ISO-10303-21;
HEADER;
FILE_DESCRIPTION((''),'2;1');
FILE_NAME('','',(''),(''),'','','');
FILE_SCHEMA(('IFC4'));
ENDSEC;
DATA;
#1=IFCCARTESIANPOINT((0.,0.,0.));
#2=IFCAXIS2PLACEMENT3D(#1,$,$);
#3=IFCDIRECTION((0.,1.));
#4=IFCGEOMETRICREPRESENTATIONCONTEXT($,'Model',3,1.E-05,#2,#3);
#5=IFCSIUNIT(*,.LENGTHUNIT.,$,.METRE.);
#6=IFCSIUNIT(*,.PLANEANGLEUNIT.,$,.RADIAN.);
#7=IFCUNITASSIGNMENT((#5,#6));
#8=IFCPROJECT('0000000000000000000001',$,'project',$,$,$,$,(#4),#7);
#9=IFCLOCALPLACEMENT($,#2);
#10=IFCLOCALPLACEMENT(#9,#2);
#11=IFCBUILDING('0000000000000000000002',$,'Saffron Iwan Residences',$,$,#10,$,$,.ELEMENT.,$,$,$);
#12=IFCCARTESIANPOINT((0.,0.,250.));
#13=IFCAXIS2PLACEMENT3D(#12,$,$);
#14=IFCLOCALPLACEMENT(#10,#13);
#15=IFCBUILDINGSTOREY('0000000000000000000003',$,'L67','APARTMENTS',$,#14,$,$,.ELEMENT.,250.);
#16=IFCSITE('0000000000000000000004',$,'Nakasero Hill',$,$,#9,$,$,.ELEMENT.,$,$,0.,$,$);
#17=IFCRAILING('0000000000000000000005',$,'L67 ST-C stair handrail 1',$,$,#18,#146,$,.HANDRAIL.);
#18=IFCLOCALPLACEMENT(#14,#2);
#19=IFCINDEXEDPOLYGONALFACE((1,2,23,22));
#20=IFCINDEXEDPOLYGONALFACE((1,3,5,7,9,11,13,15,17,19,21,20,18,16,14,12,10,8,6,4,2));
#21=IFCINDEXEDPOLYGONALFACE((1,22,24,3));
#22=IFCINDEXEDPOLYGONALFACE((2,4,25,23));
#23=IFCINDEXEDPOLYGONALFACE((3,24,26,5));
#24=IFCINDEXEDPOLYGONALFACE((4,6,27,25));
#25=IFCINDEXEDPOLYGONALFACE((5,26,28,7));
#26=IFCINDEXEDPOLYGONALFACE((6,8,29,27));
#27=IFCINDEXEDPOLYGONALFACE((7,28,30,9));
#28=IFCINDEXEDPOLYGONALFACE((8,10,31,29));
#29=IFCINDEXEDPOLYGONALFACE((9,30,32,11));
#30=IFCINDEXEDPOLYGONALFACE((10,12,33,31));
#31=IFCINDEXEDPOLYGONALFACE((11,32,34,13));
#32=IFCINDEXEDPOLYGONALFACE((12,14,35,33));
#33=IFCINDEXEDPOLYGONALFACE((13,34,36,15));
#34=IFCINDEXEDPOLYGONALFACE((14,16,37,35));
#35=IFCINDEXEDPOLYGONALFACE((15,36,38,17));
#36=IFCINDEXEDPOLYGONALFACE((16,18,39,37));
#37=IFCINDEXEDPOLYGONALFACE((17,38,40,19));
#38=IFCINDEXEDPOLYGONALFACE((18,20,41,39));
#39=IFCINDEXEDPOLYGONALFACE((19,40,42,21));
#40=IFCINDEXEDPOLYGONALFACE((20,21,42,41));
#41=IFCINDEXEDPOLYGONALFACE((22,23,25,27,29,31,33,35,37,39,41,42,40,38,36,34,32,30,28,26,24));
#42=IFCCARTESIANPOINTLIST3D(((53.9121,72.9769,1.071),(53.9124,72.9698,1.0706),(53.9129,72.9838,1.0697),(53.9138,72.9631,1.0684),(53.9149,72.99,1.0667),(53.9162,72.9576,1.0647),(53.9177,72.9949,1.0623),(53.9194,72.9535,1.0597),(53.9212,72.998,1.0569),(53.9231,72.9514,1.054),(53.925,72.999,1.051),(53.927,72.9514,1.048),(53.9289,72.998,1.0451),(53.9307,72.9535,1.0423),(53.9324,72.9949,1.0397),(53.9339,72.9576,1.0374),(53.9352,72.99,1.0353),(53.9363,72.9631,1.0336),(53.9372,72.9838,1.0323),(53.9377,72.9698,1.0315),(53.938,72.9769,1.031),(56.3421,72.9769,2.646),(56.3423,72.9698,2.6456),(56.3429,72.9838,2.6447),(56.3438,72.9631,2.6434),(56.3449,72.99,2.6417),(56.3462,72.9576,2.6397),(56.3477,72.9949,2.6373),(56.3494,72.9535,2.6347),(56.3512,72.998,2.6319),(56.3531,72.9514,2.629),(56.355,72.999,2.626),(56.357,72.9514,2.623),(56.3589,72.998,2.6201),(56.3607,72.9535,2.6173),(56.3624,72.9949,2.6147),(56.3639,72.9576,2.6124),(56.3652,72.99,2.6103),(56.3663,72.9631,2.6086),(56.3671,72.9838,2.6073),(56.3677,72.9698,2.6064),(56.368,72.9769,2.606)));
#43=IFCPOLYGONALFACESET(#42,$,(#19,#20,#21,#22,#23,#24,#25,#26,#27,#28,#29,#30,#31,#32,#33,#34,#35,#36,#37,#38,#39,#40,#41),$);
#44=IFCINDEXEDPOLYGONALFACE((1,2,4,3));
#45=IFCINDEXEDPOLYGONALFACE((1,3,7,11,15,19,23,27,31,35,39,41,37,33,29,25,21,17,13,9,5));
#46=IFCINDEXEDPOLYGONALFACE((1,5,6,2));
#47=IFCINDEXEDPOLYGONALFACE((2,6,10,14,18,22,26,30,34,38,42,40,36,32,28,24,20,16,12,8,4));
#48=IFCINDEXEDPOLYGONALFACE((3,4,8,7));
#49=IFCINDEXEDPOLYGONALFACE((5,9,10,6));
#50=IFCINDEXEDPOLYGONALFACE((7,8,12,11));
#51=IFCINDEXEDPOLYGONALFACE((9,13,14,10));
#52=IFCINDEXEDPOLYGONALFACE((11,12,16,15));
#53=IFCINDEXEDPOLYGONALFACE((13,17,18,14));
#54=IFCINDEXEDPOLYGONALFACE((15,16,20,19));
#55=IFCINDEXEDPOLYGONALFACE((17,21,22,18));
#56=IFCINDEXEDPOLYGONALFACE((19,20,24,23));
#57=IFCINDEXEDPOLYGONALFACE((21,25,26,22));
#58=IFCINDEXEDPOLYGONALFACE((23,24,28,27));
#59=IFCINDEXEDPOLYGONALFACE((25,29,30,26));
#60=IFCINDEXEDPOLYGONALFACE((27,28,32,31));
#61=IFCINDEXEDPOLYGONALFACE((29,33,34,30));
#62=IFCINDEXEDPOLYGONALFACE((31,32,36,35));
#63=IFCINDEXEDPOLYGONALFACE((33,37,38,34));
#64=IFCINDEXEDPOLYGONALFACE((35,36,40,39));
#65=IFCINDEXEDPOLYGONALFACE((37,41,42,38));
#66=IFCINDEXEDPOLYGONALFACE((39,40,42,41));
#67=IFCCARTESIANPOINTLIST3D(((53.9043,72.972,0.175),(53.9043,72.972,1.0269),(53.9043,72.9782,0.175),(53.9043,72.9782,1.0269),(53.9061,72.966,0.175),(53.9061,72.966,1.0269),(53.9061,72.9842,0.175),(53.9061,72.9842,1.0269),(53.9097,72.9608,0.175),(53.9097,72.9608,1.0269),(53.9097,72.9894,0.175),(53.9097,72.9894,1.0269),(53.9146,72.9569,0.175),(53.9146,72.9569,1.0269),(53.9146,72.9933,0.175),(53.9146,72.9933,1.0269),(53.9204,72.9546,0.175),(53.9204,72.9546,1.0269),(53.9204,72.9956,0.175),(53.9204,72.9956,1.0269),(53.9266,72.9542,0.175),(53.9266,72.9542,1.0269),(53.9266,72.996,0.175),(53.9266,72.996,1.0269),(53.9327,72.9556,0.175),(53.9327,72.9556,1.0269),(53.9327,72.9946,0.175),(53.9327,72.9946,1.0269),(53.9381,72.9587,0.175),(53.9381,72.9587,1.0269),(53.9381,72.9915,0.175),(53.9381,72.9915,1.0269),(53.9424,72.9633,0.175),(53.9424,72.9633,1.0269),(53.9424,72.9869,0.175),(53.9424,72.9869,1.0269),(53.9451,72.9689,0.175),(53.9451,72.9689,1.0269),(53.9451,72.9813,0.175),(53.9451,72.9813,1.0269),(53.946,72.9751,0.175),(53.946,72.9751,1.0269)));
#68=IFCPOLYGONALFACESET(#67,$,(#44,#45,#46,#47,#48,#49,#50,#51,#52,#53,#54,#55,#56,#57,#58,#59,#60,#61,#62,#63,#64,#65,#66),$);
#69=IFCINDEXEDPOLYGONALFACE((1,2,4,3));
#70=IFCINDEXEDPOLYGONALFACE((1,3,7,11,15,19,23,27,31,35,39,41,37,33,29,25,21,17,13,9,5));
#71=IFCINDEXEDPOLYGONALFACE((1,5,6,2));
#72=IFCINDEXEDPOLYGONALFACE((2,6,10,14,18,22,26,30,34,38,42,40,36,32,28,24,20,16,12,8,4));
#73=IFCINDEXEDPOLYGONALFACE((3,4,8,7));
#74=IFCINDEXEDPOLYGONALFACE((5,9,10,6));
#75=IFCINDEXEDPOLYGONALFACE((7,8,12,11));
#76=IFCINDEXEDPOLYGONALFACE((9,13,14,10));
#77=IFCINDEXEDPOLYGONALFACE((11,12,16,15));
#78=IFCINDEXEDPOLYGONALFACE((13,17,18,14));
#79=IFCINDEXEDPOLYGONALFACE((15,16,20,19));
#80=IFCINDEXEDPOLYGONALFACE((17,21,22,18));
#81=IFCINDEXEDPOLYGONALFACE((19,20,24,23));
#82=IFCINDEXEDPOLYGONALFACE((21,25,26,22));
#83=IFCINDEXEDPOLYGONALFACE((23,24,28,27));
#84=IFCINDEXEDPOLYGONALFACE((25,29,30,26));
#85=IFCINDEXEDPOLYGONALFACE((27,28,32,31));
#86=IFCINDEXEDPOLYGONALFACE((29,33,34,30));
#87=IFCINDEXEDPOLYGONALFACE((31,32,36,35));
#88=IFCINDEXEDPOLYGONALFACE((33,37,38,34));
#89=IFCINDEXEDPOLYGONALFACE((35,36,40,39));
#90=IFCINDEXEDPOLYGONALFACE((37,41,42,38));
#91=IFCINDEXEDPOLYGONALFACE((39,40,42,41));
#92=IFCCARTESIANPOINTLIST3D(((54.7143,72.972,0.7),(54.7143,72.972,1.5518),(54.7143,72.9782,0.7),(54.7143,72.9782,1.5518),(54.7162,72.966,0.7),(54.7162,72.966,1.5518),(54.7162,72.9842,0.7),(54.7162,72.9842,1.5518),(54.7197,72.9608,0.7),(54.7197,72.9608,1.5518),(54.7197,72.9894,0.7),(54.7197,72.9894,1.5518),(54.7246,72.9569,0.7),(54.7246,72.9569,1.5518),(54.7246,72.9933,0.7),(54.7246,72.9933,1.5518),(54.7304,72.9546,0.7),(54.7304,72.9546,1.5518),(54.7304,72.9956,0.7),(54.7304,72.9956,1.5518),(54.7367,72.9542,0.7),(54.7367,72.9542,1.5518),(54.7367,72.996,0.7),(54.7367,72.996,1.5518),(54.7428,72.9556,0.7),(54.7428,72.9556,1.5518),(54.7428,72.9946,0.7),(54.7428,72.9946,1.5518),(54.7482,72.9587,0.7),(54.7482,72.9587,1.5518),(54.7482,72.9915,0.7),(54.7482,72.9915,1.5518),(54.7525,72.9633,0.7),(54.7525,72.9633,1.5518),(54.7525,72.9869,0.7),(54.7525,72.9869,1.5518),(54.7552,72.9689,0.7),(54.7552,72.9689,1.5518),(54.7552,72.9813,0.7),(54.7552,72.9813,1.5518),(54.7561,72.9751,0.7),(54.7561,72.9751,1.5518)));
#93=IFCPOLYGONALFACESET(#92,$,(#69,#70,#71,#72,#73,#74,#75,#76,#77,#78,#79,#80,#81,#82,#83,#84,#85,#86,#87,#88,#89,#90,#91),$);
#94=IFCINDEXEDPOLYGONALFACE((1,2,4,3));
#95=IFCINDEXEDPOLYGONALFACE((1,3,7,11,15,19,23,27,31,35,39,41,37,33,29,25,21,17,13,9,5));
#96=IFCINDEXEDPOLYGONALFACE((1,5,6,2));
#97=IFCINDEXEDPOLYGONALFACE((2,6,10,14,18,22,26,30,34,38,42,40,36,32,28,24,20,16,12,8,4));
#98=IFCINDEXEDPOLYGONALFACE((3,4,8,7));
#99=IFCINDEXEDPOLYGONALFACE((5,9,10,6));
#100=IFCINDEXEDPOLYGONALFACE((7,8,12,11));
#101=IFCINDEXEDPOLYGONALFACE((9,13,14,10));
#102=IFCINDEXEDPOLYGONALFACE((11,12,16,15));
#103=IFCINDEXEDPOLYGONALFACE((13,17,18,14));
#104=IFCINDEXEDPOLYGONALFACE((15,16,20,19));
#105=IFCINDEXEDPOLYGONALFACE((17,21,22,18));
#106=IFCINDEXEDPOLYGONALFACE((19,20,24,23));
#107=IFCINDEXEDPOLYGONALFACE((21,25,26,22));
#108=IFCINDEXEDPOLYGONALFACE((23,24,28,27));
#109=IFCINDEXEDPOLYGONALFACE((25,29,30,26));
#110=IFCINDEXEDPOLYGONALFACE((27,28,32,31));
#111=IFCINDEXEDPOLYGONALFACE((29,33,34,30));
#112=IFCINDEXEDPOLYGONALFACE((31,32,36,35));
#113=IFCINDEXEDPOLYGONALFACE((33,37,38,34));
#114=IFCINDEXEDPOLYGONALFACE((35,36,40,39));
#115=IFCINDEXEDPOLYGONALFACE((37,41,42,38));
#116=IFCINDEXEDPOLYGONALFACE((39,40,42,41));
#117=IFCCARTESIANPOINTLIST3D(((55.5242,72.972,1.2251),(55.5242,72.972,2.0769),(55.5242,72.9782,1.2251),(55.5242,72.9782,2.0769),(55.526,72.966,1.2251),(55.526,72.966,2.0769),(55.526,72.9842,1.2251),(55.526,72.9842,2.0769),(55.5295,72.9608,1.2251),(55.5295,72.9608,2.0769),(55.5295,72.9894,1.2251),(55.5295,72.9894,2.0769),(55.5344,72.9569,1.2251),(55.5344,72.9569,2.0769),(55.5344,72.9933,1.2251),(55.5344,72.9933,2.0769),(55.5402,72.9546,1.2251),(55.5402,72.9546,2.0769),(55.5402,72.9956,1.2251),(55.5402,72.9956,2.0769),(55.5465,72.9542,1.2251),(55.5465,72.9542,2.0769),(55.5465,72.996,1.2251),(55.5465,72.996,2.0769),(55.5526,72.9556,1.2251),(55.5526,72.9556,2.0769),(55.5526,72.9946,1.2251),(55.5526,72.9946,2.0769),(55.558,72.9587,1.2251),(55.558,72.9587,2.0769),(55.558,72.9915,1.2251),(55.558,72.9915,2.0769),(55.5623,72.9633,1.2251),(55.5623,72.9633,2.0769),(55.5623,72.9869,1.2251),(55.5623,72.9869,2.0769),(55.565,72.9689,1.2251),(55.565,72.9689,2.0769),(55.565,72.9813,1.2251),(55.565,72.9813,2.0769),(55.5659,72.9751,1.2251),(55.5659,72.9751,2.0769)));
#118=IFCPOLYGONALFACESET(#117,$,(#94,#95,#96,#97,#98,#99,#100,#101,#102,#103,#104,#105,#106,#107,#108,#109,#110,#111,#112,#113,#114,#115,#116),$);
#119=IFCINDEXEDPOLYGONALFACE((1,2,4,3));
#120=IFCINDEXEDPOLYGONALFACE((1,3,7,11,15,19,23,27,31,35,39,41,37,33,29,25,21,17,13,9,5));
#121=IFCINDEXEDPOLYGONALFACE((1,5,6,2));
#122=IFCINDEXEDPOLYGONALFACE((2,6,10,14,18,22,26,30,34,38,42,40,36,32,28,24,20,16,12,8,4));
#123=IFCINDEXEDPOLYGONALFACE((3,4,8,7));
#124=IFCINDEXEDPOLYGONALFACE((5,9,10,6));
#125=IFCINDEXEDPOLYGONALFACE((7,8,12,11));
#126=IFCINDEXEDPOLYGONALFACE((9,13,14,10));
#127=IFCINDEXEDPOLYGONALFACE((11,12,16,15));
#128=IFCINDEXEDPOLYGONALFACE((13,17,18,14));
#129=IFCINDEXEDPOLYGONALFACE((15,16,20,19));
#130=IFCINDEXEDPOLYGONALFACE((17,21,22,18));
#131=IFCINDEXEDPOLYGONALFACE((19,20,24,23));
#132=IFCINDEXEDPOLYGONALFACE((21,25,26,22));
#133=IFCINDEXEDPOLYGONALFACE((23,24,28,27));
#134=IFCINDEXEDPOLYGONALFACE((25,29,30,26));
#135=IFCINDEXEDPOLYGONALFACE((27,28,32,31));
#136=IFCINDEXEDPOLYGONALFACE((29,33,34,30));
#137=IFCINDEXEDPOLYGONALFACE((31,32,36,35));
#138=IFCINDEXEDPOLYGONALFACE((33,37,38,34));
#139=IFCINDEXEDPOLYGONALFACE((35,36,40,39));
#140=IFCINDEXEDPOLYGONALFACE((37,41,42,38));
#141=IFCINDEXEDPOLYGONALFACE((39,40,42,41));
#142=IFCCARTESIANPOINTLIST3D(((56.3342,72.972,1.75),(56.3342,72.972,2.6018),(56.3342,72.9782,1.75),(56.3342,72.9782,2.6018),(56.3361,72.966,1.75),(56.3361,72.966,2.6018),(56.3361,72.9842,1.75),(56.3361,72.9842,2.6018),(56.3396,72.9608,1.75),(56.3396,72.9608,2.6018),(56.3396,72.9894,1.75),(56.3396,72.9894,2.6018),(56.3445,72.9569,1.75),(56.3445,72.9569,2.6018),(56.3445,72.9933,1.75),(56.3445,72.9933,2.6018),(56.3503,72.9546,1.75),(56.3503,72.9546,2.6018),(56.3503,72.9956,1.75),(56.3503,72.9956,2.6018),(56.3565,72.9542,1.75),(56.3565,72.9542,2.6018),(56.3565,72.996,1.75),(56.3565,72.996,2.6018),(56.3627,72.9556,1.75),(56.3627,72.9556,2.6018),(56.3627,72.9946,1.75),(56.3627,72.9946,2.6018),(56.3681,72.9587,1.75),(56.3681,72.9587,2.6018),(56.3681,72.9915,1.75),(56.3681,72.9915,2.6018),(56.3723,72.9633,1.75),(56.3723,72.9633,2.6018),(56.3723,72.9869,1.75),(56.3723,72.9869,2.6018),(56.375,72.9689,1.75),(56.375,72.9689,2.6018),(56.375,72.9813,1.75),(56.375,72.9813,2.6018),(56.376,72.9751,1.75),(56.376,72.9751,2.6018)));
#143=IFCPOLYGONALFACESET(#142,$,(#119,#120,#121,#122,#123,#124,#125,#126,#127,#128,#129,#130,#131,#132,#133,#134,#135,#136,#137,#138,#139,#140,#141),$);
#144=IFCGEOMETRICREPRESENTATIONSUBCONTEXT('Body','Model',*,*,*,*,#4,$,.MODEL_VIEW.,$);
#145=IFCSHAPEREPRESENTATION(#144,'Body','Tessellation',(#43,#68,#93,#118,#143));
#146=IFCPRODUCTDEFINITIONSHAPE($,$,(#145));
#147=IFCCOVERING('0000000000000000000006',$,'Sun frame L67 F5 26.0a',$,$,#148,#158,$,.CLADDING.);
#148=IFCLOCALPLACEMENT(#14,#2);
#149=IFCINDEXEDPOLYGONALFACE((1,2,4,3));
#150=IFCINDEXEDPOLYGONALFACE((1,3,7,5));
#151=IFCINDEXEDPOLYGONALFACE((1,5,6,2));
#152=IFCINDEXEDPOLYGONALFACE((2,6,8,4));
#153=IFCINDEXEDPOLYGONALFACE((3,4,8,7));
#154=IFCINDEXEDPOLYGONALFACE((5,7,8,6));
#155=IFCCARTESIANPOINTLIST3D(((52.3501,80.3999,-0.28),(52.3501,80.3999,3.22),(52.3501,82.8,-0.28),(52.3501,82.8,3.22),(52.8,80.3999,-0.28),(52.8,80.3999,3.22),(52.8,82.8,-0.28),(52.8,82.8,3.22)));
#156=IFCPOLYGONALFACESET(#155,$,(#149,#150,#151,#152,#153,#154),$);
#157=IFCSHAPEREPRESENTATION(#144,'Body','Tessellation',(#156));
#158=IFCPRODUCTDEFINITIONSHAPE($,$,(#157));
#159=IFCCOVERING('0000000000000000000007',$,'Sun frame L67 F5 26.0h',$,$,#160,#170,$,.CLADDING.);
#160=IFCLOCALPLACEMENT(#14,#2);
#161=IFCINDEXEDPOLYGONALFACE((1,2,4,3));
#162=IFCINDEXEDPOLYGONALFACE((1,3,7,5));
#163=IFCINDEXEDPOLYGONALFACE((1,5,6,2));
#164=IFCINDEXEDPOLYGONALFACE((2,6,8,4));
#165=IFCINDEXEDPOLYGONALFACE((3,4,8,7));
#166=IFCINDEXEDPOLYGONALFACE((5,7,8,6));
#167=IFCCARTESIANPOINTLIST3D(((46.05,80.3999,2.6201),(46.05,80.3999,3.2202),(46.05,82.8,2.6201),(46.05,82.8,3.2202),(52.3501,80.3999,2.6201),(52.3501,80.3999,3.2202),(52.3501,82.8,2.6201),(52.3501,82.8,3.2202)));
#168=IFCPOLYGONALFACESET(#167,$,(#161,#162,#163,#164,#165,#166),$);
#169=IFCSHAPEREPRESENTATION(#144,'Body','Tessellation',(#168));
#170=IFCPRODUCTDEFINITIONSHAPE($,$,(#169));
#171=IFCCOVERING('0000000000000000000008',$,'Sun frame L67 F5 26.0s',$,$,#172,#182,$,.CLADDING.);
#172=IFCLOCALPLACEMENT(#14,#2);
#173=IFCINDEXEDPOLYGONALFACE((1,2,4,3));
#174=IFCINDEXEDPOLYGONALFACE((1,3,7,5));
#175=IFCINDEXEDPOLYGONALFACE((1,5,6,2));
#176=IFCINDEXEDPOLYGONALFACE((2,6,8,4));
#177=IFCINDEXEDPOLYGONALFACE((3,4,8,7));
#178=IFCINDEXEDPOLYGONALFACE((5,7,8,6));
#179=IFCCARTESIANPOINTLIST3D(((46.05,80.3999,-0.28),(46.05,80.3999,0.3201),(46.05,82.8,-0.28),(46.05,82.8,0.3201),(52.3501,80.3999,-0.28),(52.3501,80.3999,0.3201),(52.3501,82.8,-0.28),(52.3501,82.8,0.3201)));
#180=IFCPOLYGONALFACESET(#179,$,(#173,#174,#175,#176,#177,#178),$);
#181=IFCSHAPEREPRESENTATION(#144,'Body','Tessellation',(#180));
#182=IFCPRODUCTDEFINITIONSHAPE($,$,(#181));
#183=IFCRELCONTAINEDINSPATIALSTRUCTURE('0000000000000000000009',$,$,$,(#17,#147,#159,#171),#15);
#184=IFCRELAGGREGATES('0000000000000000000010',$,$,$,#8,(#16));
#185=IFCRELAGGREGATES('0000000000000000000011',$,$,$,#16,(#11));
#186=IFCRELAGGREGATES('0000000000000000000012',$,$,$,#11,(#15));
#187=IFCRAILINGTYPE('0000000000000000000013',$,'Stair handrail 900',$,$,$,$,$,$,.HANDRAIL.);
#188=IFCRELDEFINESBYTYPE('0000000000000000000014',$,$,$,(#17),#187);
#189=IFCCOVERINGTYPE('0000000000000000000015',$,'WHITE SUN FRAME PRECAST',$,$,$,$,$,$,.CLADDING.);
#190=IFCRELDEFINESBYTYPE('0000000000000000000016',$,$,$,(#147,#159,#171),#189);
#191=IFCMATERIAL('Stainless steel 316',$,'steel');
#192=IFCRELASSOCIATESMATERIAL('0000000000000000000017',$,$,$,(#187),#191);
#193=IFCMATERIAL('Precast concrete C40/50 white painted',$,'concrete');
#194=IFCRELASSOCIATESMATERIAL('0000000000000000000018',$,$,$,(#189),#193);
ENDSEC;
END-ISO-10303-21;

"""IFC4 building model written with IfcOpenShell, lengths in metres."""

from ifc_helpers import new_model, si_unit, direction, frame, origin, origin_2d, place, context, subcontext, project, spatial, polyline, circle, outline, extrude, material, type_object, element, save


model = new_model("IFC4")

# Units and contexts
model_context = context("Model", 3, precision=1e-05, world=origin(), true_north=direction((0.0, 1.0)))
body_context = subcontext(model_context, "Body", "Model", "MODEL_VIEW")
ifc_project = project(units=[si_unit("LENGTHUNIT", "METRE"), si_unit("PLANEANGLEUNIT", "RADIAN")], contexts=[model_context])

# Site, building, storey
site_placement = place(None, origin())
site = spatial("IfcSite", under=ifc_project, at=site_placement, Name="Nakasero Hill", CompositionType="ELEMENT", RefElevation=0.0)
building_placement = place(site_placement, origin())
building = spatial("IfcBuilding", under=site, at=building_placement, Name="Saffron Iwan Residences", CompositionType="ELEMENT")
storey_placement = place(building_placement, frame((0.0, 0.0, 250.0)))
storey = spatial("IfcBuildingStorey", under=building, at=storey_placement, Name="L67", Description="APARTMENTS", CompositionType="ELEMENT", Elevation=250.0)

# Railing
ifc_material_1 = material(Name="Stainless steel 316", Category="steel")
railing_type_1 = type_object("IfcRailingType", Name="Stair handrail 900", PredefinedType="HANDRAIL", material=ifc_material_1)
railing_1_placement = place(storey_placement, frame((53.925, 72.9751, 0.175)))
element("IfcRailing", 1, at=railing_1_placement, inside=storey, type_object=railing_type_1, Name="L67 ST-C stair handrail 1", PredefinedType="HANDRAIL", context=body_context, shape_type="SweptSolid", body=[
    extrude(circle(Radius=0.0239, at=origin_2d()), frame((0.0, 0.0, 0.876), z_axis=(0.839154, 0.0, 0.543894), x_axis=(0.0, 1.0, 0.0)), (0.0, 0.0, 1.0), 2.8958),
    extrude(circle(Radius=0.021, at=origin_2d()), origin(), (0.0, 0.0, 1.0), 0.8518),
    extrude(circle(Radius=0.021, at=origin_2d()), frame((0.8101, 0.0, 0.5249)), (0.0, 0.0, 1.0), 0.8518),
    extrude(circle(Radius=0.021, at=origin_2d()), frame((1.6199, 0.0, 1.05)), (0.0, 0.0, 1.0), 0.8518),
    extrude(circle(Radius=0.021, at=origin_2d()), frame((2.4299, 0.0, 1.575)), (0.0, 0.0, 1.0), 0.8518),
])

# Coverings
ifc_material_2 = material(Name="Precast concrete C40/50 white painted", Category="concrete")
covering_type = type_object("IfcCoveringType", Name="WHITE SUN FRAME PRECAST", PredefinedType="CLADDING", material=ifc_material_2)
covering_placement = place(storey_placement, frame((52.8, 80.3999, -0.28), z_axis=(0.0, 1.0, 0.0), x_axis=(-1.0, 0.0, 0.0)))
element("IfcCovering", 2, at=covering_placement, inside=storey, type_object=covering_type, Name="Sun frame L67 F5 26.0a", PredefinedType="CLADDING", context=body_context, shape_type="SweptSolid", body=[
    extrude(outline(polyline([(0.0, 0.0), (0.45, 0.0), (0.45, 3.5), (0.0, 3.5), (0.0, 0.0)])), origin(), (0.0, 0.0, 1.0), 2.4001),
])
for number, where, z_axis, x_axis, name in (
    (3, (52.3501, 80.3999, 2.6201), (0.0, 1.0, 0.0), (-1.0, 0.0, 0.0), "Sun frame L67 F5 26.0h"),
    (4, (52.3501, 80.3999, -0.28), (0.0, 1.0, 0.0), (-1.0, 0.0, 0.0), "Sun frame L67 F5 26.0s"),
):
    element("IfcCovering", number, at=place(storey_placement, frame(where, z_axis=z_axis, x_axis=x_axis)), inside=storey, type_object=covering_type, Name=name, PredefinedType="CLADDING", context=body_context, shape_type="SweptSolid", body=[
        extrude(outline(polyline([(0.0, 0.0), (6.3, 0.0), (6.3, 0.6001), (0.0, 0.6001), (0.0, 0.0)])), origin(), (0.0, 0.0, 1.0), 2.4001),
    ])

save(model, "model.ifc")
